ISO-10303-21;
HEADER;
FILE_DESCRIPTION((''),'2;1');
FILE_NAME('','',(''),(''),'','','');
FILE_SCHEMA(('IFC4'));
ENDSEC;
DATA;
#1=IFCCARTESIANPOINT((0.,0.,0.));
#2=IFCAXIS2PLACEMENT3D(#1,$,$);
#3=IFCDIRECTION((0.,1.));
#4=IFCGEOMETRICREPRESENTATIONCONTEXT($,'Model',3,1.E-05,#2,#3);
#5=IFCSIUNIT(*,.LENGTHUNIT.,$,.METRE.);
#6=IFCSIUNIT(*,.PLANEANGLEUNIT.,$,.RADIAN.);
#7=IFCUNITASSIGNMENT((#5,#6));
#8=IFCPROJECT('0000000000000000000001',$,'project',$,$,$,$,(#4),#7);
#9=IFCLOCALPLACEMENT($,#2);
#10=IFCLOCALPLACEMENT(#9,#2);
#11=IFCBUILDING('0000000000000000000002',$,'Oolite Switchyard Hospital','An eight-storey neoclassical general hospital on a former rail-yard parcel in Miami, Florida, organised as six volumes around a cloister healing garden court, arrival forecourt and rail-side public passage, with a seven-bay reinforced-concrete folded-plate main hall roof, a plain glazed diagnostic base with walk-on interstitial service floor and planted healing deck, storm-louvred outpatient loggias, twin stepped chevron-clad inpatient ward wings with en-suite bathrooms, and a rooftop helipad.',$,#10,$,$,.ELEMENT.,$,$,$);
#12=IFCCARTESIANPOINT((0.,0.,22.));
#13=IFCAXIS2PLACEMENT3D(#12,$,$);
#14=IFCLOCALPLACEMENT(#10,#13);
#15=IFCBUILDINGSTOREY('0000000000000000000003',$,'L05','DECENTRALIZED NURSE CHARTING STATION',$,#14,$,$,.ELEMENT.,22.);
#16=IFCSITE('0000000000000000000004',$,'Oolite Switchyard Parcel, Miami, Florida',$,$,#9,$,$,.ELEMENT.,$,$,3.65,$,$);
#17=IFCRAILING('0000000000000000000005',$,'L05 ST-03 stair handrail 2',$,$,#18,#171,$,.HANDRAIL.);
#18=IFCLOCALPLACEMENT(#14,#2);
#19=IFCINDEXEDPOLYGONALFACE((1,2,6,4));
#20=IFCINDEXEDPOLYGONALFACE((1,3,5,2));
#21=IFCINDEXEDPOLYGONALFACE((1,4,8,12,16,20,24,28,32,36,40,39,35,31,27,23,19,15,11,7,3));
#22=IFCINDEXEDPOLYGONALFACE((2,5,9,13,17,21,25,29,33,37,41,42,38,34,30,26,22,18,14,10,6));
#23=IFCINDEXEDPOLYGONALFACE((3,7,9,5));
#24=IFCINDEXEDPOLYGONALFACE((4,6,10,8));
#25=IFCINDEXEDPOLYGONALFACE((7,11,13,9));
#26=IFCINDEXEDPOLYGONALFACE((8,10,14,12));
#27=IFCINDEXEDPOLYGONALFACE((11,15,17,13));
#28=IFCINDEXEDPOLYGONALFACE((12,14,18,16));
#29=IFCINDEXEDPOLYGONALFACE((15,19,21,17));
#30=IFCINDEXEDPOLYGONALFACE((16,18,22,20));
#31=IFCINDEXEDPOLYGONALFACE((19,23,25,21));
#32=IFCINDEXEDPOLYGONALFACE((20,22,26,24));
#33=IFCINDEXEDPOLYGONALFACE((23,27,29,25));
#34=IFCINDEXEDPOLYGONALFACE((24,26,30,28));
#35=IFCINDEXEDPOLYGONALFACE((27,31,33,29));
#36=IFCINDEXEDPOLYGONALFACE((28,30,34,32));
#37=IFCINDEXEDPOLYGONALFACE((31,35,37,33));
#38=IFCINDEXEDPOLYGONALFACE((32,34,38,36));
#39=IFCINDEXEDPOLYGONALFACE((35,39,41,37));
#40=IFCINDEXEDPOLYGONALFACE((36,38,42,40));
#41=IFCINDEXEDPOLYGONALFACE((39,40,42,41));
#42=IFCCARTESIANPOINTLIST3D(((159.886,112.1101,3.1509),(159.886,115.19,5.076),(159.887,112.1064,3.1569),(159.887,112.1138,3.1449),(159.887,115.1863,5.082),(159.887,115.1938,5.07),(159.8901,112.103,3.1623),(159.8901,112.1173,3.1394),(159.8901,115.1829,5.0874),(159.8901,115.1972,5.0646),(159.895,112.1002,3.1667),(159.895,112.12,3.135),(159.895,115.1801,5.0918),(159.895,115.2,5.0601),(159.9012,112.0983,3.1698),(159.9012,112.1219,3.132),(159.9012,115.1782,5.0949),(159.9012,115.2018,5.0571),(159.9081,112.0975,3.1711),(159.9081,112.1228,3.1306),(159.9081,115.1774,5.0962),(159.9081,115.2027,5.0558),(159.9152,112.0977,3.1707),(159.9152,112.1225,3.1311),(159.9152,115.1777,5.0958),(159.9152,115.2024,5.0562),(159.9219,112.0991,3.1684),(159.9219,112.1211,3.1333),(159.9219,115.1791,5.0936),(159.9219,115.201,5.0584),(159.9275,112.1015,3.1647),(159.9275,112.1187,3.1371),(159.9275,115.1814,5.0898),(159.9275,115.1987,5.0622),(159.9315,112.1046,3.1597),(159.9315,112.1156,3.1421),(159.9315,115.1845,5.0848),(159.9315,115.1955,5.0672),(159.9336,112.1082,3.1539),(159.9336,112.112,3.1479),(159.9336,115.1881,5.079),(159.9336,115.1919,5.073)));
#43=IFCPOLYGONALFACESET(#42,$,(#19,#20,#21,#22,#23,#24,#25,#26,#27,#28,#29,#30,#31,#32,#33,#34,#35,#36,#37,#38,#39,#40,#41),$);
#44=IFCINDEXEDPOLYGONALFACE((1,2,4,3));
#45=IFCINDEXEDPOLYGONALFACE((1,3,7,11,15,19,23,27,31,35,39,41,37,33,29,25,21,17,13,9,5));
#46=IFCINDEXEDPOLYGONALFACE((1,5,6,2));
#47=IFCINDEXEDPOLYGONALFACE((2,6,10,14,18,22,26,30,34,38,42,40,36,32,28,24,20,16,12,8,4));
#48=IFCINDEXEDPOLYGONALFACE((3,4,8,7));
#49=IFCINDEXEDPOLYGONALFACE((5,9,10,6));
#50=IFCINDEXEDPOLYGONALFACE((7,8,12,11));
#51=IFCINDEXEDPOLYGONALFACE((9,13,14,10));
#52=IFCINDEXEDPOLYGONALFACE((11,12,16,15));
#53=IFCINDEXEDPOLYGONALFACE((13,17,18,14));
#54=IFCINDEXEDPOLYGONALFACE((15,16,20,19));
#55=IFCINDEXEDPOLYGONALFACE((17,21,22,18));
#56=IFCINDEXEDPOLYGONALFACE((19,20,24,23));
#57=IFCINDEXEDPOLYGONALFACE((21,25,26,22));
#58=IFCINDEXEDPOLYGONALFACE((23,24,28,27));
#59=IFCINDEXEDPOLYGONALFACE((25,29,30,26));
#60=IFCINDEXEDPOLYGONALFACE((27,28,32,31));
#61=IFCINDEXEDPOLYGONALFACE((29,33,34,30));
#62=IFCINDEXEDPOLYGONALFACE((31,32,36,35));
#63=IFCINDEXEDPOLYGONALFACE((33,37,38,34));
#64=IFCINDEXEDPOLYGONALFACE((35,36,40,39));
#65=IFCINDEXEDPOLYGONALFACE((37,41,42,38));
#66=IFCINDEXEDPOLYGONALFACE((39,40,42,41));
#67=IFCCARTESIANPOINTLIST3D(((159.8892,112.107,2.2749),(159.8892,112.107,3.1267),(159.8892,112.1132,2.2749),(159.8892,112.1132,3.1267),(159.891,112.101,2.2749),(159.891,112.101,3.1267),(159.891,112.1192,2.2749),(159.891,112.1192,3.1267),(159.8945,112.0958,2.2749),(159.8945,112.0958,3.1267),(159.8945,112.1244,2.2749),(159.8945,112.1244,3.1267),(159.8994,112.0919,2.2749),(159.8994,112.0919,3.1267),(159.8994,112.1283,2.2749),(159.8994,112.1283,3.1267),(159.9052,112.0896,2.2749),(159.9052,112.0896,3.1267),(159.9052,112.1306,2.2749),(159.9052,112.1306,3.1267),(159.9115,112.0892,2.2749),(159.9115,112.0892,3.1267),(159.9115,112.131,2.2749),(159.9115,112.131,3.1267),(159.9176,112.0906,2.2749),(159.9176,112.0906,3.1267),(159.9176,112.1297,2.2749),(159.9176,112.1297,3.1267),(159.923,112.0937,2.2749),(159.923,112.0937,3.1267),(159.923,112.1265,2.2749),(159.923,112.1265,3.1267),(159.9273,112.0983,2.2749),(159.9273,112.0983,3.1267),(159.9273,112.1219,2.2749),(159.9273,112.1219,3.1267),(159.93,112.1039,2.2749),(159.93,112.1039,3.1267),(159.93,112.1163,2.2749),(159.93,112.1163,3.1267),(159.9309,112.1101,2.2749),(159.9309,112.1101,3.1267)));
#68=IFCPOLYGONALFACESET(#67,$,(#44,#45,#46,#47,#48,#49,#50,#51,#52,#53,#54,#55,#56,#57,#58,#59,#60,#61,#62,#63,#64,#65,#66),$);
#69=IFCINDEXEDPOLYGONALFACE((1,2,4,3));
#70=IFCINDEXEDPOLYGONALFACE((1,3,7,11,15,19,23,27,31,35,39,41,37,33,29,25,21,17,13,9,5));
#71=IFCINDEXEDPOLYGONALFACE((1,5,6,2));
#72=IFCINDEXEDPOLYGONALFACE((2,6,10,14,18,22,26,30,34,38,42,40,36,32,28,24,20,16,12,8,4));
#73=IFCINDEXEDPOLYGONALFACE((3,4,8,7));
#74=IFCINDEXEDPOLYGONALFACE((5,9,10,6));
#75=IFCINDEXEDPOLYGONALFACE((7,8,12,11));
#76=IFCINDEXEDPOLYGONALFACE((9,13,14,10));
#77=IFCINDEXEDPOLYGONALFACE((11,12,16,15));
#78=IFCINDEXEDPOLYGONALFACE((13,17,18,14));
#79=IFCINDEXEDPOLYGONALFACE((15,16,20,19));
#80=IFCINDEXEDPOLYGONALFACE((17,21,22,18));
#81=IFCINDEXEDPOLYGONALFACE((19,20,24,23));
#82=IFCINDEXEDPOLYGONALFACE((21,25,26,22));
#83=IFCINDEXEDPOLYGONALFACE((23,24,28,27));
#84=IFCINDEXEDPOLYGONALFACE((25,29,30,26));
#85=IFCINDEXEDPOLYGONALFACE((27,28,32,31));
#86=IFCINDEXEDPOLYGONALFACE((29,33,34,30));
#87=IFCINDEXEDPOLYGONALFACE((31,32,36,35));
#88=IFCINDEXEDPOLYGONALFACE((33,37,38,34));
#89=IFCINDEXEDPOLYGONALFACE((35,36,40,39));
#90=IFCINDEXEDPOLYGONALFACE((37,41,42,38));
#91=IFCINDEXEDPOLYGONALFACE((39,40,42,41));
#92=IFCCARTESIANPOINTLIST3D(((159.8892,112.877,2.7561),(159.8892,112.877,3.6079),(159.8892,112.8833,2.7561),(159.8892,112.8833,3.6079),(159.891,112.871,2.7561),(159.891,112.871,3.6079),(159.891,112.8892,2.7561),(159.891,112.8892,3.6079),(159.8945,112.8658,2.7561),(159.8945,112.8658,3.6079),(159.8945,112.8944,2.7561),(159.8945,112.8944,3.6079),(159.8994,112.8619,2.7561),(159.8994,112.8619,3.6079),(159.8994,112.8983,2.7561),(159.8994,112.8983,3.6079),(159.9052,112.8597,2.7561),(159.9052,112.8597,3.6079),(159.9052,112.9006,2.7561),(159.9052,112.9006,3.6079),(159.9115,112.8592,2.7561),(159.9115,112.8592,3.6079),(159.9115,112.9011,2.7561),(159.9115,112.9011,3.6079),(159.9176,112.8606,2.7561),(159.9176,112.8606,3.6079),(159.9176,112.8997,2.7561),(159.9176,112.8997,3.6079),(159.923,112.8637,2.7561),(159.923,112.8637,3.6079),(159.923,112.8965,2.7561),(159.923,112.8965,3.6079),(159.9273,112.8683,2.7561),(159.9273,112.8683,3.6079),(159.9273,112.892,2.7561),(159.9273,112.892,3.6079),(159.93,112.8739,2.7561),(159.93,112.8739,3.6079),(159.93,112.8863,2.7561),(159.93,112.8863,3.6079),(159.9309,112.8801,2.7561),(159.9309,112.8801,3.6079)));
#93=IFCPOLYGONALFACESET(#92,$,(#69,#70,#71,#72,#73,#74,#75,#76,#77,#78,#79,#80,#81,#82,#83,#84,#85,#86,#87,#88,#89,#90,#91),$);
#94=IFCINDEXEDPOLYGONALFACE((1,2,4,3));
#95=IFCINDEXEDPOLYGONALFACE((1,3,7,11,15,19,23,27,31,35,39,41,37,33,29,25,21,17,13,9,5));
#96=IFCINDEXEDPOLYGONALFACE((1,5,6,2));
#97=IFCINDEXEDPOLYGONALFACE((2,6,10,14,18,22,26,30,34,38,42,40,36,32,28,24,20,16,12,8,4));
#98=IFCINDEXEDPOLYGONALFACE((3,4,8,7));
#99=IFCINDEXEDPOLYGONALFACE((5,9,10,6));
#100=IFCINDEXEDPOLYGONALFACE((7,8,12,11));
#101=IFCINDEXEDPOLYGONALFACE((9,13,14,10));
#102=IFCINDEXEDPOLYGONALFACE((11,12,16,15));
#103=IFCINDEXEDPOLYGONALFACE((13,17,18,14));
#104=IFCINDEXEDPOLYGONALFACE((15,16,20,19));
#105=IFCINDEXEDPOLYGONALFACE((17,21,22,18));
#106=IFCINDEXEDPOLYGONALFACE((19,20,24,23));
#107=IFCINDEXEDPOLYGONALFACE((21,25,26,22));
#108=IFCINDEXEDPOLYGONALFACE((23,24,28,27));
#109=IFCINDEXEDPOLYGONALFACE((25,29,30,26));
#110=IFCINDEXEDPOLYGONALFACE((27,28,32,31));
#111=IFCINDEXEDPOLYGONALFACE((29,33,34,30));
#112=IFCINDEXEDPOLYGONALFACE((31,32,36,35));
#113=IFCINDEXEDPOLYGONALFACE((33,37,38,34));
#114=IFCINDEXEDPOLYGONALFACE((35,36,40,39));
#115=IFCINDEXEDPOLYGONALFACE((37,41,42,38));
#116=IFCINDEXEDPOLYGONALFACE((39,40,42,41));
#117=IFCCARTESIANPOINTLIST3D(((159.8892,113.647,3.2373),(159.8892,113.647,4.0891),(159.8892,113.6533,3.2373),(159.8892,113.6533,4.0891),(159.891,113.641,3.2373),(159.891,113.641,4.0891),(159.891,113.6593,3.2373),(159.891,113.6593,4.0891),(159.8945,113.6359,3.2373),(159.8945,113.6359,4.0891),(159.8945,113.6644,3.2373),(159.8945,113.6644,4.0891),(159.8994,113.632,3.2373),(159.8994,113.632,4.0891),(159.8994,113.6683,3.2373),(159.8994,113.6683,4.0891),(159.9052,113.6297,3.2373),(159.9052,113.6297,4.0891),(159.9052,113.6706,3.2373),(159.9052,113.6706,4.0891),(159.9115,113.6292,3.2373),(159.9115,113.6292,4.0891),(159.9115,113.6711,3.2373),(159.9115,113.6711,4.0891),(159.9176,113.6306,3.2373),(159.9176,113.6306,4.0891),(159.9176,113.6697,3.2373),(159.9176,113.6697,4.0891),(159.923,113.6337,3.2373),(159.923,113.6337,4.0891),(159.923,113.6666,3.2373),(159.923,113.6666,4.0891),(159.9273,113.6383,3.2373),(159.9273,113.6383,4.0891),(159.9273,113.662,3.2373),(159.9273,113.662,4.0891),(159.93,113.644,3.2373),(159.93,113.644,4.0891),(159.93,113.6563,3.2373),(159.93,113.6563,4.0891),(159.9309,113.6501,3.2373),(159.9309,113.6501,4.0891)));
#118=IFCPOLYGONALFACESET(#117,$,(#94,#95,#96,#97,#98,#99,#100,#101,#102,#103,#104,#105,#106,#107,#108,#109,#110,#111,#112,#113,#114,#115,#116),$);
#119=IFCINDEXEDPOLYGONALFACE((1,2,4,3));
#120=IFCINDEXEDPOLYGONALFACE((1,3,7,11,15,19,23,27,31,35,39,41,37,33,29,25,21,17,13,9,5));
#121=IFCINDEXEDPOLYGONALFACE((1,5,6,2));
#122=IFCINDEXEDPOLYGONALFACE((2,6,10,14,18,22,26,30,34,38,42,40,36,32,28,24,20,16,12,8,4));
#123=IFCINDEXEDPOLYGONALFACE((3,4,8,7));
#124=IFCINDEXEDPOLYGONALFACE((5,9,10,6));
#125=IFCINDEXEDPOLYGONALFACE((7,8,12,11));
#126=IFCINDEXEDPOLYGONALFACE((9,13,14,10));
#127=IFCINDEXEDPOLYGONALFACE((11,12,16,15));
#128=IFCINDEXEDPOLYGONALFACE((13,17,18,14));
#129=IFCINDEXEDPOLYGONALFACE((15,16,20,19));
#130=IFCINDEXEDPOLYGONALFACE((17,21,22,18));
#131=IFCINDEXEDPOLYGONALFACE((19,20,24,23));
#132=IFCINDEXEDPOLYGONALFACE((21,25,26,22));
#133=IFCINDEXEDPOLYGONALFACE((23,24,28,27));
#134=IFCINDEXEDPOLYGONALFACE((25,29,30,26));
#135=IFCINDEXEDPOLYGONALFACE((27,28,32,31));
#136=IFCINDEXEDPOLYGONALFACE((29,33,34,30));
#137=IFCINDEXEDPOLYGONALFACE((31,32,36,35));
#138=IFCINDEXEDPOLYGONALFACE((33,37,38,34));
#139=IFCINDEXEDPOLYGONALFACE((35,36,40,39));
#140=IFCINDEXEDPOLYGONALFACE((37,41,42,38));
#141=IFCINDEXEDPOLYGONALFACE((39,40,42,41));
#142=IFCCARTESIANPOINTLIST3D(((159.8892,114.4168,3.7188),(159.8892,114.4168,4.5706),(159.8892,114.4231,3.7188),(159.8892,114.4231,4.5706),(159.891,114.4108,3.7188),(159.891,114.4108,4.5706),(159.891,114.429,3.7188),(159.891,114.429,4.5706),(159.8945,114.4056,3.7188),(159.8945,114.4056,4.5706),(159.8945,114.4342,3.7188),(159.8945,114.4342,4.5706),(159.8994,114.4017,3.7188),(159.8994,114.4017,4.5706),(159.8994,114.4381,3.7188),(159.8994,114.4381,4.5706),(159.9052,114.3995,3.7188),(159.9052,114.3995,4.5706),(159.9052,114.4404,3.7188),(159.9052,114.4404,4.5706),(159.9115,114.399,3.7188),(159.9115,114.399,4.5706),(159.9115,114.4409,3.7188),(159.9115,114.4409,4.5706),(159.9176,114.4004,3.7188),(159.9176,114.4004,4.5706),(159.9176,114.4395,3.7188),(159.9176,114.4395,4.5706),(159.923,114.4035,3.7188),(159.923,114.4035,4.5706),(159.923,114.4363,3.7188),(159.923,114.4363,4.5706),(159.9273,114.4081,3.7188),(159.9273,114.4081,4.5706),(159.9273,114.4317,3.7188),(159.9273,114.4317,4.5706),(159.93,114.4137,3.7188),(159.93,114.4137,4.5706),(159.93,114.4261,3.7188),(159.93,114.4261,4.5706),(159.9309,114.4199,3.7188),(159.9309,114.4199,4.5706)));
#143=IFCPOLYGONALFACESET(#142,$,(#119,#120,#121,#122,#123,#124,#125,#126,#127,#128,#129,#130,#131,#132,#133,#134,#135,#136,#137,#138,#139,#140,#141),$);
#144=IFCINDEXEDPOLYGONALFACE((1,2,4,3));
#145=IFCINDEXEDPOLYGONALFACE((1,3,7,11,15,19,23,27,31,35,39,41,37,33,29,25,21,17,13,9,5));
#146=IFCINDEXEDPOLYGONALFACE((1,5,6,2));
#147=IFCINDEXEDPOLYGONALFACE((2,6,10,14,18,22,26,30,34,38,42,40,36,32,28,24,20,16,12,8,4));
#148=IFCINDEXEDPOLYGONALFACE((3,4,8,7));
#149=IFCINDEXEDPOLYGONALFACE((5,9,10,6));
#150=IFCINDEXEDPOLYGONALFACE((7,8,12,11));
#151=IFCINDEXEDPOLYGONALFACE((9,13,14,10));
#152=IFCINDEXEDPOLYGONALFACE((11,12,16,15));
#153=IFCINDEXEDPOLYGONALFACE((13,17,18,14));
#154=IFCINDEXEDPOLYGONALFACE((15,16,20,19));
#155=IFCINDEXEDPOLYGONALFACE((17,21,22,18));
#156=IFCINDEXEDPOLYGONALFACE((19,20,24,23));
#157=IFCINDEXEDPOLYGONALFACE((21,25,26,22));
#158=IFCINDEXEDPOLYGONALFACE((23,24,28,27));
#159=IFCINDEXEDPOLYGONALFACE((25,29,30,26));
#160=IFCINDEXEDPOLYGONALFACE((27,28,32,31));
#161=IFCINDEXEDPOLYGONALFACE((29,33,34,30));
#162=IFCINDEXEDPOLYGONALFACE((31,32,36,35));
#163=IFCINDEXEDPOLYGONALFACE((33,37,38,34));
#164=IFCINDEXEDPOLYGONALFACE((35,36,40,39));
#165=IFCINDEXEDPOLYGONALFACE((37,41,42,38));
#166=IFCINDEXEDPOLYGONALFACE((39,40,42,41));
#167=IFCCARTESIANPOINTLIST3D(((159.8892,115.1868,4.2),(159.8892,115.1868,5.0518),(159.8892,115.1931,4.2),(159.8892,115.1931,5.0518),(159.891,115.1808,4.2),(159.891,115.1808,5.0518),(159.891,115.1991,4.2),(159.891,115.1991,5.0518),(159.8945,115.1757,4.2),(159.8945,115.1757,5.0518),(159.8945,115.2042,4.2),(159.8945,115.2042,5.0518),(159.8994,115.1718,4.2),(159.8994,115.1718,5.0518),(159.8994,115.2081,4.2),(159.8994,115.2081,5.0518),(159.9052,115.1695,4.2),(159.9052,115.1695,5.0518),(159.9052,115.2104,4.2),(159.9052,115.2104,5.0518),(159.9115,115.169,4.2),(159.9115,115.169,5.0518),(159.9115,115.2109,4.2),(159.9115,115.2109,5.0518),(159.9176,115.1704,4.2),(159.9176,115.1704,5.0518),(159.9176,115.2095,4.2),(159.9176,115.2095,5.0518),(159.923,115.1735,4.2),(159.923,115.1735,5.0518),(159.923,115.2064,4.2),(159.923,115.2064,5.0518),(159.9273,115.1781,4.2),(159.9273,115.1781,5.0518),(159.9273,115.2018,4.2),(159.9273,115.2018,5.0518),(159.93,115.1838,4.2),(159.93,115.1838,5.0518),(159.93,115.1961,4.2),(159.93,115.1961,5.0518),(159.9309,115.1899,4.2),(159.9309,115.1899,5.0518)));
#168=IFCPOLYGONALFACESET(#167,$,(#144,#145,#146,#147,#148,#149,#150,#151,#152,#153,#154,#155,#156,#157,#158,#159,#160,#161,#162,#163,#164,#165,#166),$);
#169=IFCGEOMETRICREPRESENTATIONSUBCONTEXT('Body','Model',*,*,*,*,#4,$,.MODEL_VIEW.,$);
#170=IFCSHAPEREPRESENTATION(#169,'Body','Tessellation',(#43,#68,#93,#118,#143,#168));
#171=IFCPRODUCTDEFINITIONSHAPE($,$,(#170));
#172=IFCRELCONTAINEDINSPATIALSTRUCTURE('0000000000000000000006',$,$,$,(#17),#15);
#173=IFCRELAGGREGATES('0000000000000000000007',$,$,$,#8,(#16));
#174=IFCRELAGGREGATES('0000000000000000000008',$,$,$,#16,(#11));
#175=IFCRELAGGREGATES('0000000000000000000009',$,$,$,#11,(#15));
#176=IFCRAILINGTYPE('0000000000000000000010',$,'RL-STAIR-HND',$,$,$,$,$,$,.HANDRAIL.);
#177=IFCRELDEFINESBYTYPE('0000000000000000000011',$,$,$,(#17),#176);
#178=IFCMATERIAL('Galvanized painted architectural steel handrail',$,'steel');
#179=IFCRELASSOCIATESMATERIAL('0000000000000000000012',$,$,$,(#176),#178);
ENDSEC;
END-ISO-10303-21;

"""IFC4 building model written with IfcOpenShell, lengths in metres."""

from ifc_helpers import new_model, si_unit, direction, frame, origin, origin_2d, place, context, subcontext, project, spatial, circle, extrude, material, type_object, element, save


model = new_model("IFC4")

# Units and contexts
model_context = context("Model", 3, precision=1e-05, world=origin(), true_north=direction((0.0, 1.0)))
body_context = subcontext(model_context, "Body", "Model", "MODEL_VIEW")
ifc_project = project(units=[si_unit("LENGTHUNIT", "METRE"), si_unit("PLANEANGLEUNIT", "RADIAN")], contexts=[model_context])

# Site, building, storey
site_placement = place(None, origin())
site = spatial("IfcSite", under=ifc_project, at=site_placement, Name="Oolite Switchyard Parcel, Miami, Florida", CompositionType="ELEMENT", RefElevation=3.65)
building_placement = place(site_placement, origin())
building = spatial("IfcBuilding", under=site, at=building_placement, Name="Oolite Switchyard Hospital", Description="An eight-storey neoclassical general hospital on a former rail-yard parcel in Miami, Florida, organised as six volumes around a cloister healing garden court, arrival forecourt and rail-side public passage, with a seven-bay reinforced-concrete folded-plate main hall roof, a plain glazed diagnostic base with walk-on interstitial service floor and planted healing deck, storm-louvred outpatient loggias, twin stepped chevron-clad inpatient ward wings with en-suite bathrooms, and a rooftop helipad.", CompositionType="ELEMENT")
storey_placement = place(building_placement, frame((0.0, 0.0, 22.0)))
storey = spatial("IfcBuildingStorey", under=building, at=storey_placement, Name="L05", Description="DECENTRALIZED NURSE CHARTING STATION", CompositionType="ELEMENT", Elevation=22.0)

# Railing
ifc_material_1 = material(Name="Galvanized painted architectural steel handrail", Category="steel")
railing_type_1 = type_object("IfcRailingType", Name="RL-STAIR-HND", PredefinedType="HANDRAIL", material=ifc_material_1)
railing_1_placement = place(storey_placement, frame((159.9099, 112.1101, 2.2749)))
element("IfcRailing", 1, at=railing_1_placement, inside=storey, type_object=railing_type_1, Name="L05 ST-03 stair handrail 2", PredefinedType="HANDRAIL", context=body_context, shape_type="SweptSolid", body=[
    extrude(circle(Radius=0.0239, at=origin_2d()), frame((0.0, 0.0, 0.876), z_axis=(0.0, 0.847979, 0.530029), x_axis=(-1.0, 0.0, 0.0)), (0.0, 0.0, 1.0), 3.6321),
    extrude(circle(Radius=0.021, at=origin_2d()), origin(), (0.0, 0.0, 1.0), 0.8518),
    extrude(circle(Radius=0.021, at=origin_2d()), frame((0.0, 0.77, 0.4812)), (0.0, 0.0, 1.0), 0.8518),
    extrude(circle(Radius=0.021, at=origin_2d()), frame((0.0, 1.54, 0.9624)), (0.0, 0.0, 1.0), 0.8518),
    extrude(circle(Radius=0.021, at=origin_2d()), frame((0.0, 2.3098, 1.4438)), (0.0, 0.0, 1.0), 0.8518),
    extrude(circle(Radius=0.021, at=origin_2d()), frame((0.0, 3.0798, 1.925)), (0.0, 0.0, 1.0), 0.8518),
])

save(model, "model.ifc")
